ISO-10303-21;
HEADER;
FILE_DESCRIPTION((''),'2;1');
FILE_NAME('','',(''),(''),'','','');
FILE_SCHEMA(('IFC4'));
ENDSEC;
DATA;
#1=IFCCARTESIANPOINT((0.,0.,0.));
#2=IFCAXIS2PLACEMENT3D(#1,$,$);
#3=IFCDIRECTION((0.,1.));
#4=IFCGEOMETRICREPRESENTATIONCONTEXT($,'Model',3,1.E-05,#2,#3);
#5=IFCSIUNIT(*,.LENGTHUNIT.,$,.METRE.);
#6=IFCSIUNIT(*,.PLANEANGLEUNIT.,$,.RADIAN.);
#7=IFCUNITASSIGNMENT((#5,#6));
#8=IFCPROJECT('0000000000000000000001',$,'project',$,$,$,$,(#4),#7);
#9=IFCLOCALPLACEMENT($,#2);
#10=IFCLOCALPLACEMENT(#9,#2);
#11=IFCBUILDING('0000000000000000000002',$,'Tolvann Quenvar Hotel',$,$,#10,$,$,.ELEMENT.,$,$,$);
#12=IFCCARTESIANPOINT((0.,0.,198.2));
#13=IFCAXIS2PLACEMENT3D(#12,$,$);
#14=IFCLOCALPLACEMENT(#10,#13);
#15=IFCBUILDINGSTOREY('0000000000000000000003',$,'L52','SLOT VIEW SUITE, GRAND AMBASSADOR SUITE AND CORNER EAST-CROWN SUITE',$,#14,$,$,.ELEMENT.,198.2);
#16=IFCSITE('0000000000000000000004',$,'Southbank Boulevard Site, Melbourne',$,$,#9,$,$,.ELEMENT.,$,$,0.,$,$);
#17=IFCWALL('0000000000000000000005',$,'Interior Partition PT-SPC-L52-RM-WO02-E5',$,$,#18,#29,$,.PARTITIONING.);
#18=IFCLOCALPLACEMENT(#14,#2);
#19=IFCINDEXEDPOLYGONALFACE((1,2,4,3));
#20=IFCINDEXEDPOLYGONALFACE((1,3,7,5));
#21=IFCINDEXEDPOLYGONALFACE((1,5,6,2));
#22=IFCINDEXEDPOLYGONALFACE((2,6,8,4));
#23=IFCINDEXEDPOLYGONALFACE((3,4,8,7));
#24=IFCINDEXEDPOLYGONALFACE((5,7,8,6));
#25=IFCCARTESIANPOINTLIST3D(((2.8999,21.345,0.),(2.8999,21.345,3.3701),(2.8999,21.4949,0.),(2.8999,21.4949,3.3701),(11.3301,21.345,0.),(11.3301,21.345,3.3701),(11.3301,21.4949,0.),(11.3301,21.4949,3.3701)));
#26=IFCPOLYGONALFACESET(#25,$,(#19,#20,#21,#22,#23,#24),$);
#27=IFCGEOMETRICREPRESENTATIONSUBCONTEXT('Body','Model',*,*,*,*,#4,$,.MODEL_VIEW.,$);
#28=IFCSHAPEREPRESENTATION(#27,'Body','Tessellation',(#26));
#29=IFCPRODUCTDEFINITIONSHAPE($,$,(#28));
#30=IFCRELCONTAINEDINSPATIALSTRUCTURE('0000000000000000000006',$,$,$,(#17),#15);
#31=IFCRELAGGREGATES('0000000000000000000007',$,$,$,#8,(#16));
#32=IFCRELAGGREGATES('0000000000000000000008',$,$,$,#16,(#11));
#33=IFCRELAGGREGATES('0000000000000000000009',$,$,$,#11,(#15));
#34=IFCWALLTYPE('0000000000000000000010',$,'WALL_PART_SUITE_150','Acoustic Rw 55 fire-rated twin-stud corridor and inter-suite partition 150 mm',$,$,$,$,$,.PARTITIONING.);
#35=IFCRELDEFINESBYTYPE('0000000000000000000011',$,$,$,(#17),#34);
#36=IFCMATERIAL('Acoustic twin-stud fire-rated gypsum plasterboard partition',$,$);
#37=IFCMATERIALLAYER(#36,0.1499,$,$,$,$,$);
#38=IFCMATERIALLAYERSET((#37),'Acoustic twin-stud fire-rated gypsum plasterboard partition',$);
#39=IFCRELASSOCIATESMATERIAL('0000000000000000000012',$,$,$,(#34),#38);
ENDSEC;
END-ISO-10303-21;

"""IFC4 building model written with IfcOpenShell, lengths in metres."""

from ifc_helpers import new_model, si_unit, direction, frame, frame_2d, origin, place, context, subcontext, project, spatial, rectangle, extrude, material, layer, layer_set, type_object, element, save


model = new_model("IFC4")

# Units and contexts
model_context = context("Model", 3, precision=1e-05, world=origin(), true_north=direction((0.0, 1.0)))
body_context = subcontext(model_context, "Body", "Model", "MODEL_VIEW")
ifc_project = project(units=[si_unit("LENGTHUNIT", "METRE"), si_unit("PLANEANGLEUNIT", "RADIAN")], contexts=[model_context])

# Site, building, storey
site_placement = place(None, origin())
site = spatial("IfcSite", under=ifc_project, at=site_placement, Name="Southbank Boulevard Site, Melbourne", CompositionType="ELEMENT", RefElevation=0.0)
building_placement = place(site_placement, origin())
building = spatial("IfcBuilding", under=site, at=building_placement, Name="Tolvann Quenvar Hotel", CompositionType="ELEMENT")
storey_placement = place(building_placement, frame((0.0, 0.0, 198.2)))
storey = spatial("IfcBuildingStorey", under=building, at=storey_placement, Name="L52", Description="SLOT VIEW SUITE, GRAND AMBASSADOR SUITE AND CORNER EAST-CROWN SUITE", CompositionType="ELEMENT", Elevation=198.2)

# Wall
ifc_material_1 = material(Name="Acoustic twin-stud fire-rated gypsum plasterboard partition")
ifc_layer_1 = layer(ifc_material_1, 0.1499)
ifc_layer_set_1 = layer_set([ifc_layer_1], Name="Acoustic twin-stud fire-rated gypsum plasterboard partition")
wall_type_1 = type_object("IfcWallType", Name="WALL_PART_SUITE_150", Description="Acoustic Rw 55 fire-rated twin-stud corridor and inter-suite partition 150 mm", PredefinedType="PARTITIONING", material=ifc_layer_set_1)
wall_1_placement = place(storey_placement, frame((2.8999, 21.4199, 0.0), z_axis=(0.0, 0.0, 1.0), x_axis=(1.0, 0.0, 0.0)))
element("IfcWall", 1, at=wall_1_placement, inside=storey, type_object=wall_type_1, Name="Interior Partition PT-SPC-L52-RM-WO02-E5", PredefinedType="PARTITIONING", context=body_context, shape_type="SweptSolid", body=[
    extrude(rectangle(XDim=8.4302, YDim=0.1499, at=frame_2d((4.2151, 0.0))), origin(), (0.0, 0.0, 1.0), 3.3701),
])

save(model, "model.ifc")
